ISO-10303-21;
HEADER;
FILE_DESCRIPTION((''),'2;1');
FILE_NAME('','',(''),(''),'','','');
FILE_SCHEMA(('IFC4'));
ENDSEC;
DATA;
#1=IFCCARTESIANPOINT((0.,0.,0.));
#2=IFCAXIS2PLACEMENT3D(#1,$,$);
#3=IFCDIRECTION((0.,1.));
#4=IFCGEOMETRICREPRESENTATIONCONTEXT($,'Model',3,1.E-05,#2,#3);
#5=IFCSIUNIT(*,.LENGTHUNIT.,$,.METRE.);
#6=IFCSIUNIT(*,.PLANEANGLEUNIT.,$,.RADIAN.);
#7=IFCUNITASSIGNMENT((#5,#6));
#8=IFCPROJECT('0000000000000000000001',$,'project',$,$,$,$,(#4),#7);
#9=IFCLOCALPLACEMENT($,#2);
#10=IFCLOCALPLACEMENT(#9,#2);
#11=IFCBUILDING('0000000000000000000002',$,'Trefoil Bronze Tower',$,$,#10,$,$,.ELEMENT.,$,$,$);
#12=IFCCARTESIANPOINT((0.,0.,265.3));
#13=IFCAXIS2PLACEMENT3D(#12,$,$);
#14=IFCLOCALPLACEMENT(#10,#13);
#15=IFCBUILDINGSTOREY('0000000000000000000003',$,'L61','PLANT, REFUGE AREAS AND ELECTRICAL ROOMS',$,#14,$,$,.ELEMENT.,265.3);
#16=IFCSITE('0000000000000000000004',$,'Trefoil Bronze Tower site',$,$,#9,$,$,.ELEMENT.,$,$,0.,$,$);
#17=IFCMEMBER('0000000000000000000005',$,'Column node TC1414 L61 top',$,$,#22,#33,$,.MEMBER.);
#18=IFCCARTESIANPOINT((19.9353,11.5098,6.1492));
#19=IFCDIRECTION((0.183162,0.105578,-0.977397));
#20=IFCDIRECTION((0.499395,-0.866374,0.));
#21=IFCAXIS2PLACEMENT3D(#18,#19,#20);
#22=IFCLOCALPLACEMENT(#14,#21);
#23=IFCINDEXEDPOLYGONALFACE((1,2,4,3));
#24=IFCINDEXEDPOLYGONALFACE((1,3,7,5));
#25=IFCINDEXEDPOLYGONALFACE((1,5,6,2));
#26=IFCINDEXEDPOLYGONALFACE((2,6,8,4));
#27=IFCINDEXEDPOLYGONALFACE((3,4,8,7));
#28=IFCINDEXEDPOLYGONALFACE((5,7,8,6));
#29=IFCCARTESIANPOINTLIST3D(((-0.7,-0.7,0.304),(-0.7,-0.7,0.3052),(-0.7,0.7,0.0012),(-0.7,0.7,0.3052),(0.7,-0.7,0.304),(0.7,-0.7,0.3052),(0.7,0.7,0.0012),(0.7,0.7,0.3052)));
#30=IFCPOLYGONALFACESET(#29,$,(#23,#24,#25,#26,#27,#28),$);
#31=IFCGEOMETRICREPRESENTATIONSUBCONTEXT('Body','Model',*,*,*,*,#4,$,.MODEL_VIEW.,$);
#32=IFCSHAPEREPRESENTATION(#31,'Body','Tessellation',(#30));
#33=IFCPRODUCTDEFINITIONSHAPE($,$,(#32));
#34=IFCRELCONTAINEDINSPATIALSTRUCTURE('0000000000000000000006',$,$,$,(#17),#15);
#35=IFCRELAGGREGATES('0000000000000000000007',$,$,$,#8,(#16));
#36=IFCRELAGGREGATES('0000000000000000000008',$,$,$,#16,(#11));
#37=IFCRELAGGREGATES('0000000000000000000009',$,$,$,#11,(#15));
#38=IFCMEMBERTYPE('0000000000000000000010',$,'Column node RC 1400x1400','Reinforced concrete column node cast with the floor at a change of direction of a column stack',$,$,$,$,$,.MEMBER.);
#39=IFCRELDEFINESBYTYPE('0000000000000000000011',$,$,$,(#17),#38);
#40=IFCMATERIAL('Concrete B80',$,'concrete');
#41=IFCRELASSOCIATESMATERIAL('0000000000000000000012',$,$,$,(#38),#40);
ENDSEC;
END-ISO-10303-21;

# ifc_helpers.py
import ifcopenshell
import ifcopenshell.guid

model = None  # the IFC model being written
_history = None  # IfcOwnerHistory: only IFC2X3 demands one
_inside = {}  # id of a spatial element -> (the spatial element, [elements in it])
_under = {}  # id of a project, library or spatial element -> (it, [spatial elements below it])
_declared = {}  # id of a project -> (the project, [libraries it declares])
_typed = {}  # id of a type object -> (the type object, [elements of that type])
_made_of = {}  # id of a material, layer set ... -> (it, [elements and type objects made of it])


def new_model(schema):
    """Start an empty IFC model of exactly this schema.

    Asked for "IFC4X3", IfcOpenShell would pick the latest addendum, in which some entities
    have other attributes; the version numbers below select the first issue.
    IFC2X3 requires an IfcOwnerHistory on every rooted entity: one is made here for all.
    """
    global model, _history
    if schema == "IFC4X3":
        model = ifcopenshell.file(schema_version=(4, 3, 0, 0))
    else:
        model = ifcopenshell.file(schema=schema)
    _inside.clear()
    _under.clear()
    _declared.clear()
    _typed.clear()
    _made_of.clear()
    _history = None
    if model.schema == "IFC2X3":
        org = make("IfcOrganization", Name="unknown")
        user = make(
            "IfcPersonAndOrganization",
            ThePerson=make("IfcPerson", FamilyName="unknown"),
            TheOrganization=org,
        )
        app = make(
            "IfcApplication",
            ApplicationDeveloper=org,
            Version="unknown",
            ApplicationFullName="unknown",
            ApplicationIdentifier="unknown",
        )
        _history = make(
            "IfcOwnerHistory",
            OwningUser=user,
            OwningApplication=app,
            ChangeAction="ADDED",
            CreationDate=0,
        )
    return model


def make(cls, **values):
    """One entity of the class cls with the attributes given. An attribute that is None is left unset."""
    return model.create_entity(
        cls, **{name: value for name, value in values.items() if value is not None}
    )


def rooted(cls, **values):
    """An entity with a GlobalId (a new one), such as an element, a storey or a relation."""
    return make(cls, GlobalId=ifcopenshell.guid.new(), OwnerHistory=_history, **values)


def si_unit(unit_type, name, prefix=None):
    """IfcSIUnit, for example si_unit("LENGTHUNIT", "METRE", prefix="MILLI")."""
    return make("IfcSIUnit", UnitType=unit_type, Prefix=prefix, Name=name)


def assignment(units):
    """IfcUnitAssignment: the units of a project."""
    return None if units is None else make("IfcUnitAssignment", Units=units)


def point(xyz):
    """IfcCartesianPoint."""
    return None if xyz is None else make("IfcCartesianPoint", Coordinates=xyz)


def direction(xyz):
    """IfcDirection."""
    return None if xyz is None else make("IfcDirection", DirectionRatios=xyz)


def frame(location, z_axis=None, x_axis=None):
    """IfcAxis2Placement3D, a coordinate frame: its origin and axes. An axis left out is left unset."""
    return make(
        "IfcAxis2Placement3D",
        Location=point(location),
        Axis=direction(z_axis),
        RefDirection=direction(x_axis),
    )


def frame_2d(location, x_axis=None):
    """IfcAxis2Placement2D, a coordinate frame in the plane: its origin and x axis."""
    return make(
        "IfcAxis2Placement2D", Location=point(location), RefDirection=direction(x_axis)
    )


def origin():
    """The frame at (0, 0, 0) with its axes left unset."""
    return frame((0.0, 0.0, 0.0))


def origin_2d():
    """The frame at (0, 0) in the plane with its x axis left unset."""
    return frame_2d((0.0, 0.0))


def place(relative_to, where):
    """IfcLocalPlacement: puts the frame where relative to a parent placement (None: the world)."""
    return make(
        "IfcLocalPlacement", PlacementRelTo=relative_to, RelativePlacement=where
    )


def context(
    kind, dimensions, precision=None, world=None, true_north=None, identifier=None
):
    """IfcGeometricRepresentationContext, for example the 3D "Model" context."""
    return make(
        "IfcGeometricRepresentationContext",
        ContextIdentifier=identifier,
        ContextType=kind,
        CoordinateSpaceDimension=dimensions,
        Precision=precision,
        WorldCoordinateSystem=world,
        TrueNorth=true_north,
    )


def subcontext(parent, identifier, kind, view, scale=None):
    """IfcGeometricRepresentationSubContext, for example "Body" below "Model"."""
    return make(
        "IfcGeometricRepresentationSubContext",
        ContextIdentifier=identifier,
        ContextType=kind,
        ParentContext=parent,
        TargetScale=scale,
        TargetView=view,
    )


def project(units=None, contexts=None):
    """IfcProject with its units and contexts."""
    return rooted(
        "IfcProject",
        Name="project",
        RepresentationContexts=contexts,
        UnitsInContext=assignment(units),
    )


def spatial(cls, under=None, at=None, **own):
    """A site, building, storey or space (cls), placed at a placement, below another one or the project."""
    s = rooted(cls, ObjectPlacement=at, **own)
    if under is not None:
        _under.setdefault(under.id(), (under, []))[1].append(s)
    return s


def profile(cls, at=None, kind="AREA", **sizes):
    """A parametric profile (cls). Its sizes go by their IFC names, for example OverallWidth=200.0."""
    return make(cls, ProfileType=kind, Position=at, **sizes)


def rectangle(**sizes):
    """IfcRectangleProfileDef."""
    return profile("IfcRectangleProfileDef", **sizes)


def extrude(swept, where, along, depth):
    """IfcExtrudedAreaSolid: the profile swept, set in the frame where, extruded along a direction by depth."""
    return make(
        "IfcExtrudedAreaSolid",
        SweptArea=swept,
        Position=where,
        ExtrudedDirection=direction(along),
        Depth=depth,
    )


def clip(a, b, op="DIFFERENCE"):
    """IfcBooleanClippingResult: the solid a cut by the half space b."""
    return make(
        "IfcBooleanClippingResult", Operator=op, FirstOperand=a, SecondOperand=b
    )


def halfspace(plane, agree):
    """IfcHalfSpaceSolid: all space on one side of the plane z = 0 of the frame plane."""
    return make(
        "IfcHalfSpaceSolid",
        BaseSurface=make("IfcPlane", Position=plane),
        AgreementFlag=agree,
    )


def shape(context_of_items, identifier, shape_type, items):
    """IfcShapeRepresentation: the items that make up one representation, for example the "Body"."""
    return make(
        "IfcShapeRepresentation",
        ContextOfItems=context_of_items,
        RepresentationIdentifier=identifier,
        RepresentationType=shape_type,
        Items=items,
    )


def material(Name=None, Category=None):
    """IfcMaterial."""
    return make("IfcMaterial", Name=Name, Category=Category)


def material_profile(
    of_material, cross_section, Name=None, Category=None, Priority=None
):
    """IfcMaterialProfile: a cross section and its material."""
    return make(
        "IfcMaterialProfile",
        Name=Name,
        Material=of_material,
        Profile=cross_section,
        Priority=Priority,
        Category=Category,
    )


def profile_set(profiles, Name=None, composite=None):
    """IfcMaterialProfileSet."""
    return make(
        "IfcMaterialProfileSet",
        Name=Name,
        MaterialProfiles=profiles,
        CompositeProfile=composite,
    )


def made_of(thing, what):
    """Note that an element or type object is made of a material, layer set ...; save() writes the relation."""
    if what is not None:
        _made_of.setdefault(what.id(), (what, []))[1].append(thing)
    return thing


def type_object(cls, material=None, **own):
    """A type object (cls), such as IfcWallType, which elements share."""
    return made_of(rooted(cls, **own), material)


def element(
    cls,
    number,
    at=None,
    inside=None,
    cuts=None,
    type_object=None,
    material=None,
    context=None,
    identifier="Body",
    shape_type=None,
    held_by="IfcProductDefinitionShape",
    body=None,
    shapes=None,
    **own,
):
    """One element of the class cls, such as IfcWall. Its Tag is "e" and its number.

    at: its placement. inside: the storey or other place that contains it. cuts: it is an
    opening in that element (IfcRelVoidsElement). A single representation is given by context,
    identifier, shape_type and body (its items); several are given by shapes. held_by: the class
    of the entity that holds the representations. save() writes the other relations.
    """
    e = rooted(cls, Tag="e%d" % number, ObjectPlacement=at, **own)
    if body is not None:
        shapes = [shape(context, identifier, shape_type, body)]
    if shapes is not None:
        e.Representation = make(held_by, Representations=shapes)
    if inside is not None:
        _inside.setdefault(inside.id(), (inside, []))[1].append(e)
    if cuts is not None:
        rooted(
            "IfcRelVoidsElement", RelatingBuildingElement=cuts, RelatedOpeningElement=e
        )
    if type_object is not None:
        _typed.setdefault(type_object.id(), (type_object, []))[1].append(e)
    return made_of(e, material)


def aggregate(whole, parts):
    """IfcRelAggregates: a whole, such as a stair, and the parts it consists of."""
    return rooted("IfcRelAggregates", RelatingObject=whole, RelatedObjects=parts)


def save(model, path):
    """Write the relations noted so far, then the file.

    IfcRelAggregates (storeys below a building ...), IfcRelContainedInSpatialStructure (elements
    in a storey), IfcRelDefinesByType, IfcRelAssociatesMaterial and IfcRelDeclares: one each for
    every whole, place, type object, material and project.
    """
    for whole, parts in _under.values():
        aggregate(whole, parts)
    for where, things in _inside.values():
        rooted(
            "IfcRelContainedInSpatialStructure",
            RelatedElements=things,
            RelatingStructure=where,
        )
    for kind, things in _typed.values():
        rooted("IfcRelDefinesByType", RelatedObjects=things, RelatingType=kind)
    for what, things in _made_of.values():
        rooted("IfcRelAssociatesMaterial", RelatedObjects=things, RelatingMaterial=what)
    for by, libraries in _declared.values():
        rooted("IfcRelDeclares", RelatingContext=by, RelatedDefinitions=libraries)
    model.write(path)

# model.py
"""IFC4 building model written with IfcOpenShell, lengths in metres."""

from ifc_helpers import new_model, si_unit, direction, frame, origin, origin_2d, place, context, subcontext, project, spatial, rectangle, extrude, clip, halfspace, material, material_profile, profile_set, type_object, element, save


model = new_model("IFC4")

# Units and contexts
model_context = context("Model", 3, precision=1e-05, world=origin(), true_north=direction((0.0, 1.0)))
body_context = subcontext(model_context, "Body", "Model", "MODEL_VIEW")
ifc_project = project(units=[si_unit("LENGTHUNIT", "METRE"), si_unit("PLANEANGLEUNIT", "RADIAN")], contexts=[model_context])

# Site, building, storey
site_placement = place(None, origin())
site = spatial("IfcSite", under=ifc_project, at=site_placement, Name="Trefoil Bronze Tower site", CompositionType="ELEMENT", RefElevation=0.0)
building_placement = place(site_placement, origin())
building = spatial("IfcBuilding", under=site, at=building_placement, Name="Trefoil Bronze Tower", CompositionType="ELEMENT")
storey_placement = place(building_placement, frame((0.0, 0.0, 265.3)))
storey = spatial("IfcBuildingStorey", under=building, at=storey_placement, Name="L61", Description="PLANT, REFUGE AREAS AND ELECTRICAL ROOMS", CompositionType="ELEMENT", Elevation=265.3)

# Member
ifc_material_1 = material(Name="Concrete B80", Category="concrete")
ifc_material_profile_1 = material_profile(ifc_material_1, rectangle(XDim=1.3999, YDim=1.3999, at=origin_2d()), Name="RC 1400x1400")
ifc_profile_set_1 = profile_set([ifc_material_profile_1], Name="Concrete B80")
member_type_1 = type_object("IfcMemberType", Name="Column node RC 1400x1400", Description="Reinforced concrete column node cast with the floor at a change of direction of a column stack", PredefinedType="MEMBER", material=ifc_profile_set_1)
member_1_placement = place(storey_placement, frame((19.9353, 11.5098, 6.1492), z_axis=(0.183162, 0.105578, -0.977397), x_axis=(0.499395, -0.866374, 0.0)))
element("IfcMember", 1, at=member_1_placement, inside=storey, type_object=member_type_1, Name="Column node TC1414 L61 top", PredefinedType="MEMBER", context=body_context, shape_type="Clipping", body=[
    clip(extrude(rectangle(XDim=1.3999, YDim=1.3999, at=origin_2d()), origin(), (0.0, 0.0, 1.0), 0.3052), halfspace(frame((0.0, 0.0, 0.1526), z_axis=(0.0, 0.211412, 0.977397), x_axis=(0.0, 0.977397, -0.211412)), True)),
])

save(model, "model.ifc")
